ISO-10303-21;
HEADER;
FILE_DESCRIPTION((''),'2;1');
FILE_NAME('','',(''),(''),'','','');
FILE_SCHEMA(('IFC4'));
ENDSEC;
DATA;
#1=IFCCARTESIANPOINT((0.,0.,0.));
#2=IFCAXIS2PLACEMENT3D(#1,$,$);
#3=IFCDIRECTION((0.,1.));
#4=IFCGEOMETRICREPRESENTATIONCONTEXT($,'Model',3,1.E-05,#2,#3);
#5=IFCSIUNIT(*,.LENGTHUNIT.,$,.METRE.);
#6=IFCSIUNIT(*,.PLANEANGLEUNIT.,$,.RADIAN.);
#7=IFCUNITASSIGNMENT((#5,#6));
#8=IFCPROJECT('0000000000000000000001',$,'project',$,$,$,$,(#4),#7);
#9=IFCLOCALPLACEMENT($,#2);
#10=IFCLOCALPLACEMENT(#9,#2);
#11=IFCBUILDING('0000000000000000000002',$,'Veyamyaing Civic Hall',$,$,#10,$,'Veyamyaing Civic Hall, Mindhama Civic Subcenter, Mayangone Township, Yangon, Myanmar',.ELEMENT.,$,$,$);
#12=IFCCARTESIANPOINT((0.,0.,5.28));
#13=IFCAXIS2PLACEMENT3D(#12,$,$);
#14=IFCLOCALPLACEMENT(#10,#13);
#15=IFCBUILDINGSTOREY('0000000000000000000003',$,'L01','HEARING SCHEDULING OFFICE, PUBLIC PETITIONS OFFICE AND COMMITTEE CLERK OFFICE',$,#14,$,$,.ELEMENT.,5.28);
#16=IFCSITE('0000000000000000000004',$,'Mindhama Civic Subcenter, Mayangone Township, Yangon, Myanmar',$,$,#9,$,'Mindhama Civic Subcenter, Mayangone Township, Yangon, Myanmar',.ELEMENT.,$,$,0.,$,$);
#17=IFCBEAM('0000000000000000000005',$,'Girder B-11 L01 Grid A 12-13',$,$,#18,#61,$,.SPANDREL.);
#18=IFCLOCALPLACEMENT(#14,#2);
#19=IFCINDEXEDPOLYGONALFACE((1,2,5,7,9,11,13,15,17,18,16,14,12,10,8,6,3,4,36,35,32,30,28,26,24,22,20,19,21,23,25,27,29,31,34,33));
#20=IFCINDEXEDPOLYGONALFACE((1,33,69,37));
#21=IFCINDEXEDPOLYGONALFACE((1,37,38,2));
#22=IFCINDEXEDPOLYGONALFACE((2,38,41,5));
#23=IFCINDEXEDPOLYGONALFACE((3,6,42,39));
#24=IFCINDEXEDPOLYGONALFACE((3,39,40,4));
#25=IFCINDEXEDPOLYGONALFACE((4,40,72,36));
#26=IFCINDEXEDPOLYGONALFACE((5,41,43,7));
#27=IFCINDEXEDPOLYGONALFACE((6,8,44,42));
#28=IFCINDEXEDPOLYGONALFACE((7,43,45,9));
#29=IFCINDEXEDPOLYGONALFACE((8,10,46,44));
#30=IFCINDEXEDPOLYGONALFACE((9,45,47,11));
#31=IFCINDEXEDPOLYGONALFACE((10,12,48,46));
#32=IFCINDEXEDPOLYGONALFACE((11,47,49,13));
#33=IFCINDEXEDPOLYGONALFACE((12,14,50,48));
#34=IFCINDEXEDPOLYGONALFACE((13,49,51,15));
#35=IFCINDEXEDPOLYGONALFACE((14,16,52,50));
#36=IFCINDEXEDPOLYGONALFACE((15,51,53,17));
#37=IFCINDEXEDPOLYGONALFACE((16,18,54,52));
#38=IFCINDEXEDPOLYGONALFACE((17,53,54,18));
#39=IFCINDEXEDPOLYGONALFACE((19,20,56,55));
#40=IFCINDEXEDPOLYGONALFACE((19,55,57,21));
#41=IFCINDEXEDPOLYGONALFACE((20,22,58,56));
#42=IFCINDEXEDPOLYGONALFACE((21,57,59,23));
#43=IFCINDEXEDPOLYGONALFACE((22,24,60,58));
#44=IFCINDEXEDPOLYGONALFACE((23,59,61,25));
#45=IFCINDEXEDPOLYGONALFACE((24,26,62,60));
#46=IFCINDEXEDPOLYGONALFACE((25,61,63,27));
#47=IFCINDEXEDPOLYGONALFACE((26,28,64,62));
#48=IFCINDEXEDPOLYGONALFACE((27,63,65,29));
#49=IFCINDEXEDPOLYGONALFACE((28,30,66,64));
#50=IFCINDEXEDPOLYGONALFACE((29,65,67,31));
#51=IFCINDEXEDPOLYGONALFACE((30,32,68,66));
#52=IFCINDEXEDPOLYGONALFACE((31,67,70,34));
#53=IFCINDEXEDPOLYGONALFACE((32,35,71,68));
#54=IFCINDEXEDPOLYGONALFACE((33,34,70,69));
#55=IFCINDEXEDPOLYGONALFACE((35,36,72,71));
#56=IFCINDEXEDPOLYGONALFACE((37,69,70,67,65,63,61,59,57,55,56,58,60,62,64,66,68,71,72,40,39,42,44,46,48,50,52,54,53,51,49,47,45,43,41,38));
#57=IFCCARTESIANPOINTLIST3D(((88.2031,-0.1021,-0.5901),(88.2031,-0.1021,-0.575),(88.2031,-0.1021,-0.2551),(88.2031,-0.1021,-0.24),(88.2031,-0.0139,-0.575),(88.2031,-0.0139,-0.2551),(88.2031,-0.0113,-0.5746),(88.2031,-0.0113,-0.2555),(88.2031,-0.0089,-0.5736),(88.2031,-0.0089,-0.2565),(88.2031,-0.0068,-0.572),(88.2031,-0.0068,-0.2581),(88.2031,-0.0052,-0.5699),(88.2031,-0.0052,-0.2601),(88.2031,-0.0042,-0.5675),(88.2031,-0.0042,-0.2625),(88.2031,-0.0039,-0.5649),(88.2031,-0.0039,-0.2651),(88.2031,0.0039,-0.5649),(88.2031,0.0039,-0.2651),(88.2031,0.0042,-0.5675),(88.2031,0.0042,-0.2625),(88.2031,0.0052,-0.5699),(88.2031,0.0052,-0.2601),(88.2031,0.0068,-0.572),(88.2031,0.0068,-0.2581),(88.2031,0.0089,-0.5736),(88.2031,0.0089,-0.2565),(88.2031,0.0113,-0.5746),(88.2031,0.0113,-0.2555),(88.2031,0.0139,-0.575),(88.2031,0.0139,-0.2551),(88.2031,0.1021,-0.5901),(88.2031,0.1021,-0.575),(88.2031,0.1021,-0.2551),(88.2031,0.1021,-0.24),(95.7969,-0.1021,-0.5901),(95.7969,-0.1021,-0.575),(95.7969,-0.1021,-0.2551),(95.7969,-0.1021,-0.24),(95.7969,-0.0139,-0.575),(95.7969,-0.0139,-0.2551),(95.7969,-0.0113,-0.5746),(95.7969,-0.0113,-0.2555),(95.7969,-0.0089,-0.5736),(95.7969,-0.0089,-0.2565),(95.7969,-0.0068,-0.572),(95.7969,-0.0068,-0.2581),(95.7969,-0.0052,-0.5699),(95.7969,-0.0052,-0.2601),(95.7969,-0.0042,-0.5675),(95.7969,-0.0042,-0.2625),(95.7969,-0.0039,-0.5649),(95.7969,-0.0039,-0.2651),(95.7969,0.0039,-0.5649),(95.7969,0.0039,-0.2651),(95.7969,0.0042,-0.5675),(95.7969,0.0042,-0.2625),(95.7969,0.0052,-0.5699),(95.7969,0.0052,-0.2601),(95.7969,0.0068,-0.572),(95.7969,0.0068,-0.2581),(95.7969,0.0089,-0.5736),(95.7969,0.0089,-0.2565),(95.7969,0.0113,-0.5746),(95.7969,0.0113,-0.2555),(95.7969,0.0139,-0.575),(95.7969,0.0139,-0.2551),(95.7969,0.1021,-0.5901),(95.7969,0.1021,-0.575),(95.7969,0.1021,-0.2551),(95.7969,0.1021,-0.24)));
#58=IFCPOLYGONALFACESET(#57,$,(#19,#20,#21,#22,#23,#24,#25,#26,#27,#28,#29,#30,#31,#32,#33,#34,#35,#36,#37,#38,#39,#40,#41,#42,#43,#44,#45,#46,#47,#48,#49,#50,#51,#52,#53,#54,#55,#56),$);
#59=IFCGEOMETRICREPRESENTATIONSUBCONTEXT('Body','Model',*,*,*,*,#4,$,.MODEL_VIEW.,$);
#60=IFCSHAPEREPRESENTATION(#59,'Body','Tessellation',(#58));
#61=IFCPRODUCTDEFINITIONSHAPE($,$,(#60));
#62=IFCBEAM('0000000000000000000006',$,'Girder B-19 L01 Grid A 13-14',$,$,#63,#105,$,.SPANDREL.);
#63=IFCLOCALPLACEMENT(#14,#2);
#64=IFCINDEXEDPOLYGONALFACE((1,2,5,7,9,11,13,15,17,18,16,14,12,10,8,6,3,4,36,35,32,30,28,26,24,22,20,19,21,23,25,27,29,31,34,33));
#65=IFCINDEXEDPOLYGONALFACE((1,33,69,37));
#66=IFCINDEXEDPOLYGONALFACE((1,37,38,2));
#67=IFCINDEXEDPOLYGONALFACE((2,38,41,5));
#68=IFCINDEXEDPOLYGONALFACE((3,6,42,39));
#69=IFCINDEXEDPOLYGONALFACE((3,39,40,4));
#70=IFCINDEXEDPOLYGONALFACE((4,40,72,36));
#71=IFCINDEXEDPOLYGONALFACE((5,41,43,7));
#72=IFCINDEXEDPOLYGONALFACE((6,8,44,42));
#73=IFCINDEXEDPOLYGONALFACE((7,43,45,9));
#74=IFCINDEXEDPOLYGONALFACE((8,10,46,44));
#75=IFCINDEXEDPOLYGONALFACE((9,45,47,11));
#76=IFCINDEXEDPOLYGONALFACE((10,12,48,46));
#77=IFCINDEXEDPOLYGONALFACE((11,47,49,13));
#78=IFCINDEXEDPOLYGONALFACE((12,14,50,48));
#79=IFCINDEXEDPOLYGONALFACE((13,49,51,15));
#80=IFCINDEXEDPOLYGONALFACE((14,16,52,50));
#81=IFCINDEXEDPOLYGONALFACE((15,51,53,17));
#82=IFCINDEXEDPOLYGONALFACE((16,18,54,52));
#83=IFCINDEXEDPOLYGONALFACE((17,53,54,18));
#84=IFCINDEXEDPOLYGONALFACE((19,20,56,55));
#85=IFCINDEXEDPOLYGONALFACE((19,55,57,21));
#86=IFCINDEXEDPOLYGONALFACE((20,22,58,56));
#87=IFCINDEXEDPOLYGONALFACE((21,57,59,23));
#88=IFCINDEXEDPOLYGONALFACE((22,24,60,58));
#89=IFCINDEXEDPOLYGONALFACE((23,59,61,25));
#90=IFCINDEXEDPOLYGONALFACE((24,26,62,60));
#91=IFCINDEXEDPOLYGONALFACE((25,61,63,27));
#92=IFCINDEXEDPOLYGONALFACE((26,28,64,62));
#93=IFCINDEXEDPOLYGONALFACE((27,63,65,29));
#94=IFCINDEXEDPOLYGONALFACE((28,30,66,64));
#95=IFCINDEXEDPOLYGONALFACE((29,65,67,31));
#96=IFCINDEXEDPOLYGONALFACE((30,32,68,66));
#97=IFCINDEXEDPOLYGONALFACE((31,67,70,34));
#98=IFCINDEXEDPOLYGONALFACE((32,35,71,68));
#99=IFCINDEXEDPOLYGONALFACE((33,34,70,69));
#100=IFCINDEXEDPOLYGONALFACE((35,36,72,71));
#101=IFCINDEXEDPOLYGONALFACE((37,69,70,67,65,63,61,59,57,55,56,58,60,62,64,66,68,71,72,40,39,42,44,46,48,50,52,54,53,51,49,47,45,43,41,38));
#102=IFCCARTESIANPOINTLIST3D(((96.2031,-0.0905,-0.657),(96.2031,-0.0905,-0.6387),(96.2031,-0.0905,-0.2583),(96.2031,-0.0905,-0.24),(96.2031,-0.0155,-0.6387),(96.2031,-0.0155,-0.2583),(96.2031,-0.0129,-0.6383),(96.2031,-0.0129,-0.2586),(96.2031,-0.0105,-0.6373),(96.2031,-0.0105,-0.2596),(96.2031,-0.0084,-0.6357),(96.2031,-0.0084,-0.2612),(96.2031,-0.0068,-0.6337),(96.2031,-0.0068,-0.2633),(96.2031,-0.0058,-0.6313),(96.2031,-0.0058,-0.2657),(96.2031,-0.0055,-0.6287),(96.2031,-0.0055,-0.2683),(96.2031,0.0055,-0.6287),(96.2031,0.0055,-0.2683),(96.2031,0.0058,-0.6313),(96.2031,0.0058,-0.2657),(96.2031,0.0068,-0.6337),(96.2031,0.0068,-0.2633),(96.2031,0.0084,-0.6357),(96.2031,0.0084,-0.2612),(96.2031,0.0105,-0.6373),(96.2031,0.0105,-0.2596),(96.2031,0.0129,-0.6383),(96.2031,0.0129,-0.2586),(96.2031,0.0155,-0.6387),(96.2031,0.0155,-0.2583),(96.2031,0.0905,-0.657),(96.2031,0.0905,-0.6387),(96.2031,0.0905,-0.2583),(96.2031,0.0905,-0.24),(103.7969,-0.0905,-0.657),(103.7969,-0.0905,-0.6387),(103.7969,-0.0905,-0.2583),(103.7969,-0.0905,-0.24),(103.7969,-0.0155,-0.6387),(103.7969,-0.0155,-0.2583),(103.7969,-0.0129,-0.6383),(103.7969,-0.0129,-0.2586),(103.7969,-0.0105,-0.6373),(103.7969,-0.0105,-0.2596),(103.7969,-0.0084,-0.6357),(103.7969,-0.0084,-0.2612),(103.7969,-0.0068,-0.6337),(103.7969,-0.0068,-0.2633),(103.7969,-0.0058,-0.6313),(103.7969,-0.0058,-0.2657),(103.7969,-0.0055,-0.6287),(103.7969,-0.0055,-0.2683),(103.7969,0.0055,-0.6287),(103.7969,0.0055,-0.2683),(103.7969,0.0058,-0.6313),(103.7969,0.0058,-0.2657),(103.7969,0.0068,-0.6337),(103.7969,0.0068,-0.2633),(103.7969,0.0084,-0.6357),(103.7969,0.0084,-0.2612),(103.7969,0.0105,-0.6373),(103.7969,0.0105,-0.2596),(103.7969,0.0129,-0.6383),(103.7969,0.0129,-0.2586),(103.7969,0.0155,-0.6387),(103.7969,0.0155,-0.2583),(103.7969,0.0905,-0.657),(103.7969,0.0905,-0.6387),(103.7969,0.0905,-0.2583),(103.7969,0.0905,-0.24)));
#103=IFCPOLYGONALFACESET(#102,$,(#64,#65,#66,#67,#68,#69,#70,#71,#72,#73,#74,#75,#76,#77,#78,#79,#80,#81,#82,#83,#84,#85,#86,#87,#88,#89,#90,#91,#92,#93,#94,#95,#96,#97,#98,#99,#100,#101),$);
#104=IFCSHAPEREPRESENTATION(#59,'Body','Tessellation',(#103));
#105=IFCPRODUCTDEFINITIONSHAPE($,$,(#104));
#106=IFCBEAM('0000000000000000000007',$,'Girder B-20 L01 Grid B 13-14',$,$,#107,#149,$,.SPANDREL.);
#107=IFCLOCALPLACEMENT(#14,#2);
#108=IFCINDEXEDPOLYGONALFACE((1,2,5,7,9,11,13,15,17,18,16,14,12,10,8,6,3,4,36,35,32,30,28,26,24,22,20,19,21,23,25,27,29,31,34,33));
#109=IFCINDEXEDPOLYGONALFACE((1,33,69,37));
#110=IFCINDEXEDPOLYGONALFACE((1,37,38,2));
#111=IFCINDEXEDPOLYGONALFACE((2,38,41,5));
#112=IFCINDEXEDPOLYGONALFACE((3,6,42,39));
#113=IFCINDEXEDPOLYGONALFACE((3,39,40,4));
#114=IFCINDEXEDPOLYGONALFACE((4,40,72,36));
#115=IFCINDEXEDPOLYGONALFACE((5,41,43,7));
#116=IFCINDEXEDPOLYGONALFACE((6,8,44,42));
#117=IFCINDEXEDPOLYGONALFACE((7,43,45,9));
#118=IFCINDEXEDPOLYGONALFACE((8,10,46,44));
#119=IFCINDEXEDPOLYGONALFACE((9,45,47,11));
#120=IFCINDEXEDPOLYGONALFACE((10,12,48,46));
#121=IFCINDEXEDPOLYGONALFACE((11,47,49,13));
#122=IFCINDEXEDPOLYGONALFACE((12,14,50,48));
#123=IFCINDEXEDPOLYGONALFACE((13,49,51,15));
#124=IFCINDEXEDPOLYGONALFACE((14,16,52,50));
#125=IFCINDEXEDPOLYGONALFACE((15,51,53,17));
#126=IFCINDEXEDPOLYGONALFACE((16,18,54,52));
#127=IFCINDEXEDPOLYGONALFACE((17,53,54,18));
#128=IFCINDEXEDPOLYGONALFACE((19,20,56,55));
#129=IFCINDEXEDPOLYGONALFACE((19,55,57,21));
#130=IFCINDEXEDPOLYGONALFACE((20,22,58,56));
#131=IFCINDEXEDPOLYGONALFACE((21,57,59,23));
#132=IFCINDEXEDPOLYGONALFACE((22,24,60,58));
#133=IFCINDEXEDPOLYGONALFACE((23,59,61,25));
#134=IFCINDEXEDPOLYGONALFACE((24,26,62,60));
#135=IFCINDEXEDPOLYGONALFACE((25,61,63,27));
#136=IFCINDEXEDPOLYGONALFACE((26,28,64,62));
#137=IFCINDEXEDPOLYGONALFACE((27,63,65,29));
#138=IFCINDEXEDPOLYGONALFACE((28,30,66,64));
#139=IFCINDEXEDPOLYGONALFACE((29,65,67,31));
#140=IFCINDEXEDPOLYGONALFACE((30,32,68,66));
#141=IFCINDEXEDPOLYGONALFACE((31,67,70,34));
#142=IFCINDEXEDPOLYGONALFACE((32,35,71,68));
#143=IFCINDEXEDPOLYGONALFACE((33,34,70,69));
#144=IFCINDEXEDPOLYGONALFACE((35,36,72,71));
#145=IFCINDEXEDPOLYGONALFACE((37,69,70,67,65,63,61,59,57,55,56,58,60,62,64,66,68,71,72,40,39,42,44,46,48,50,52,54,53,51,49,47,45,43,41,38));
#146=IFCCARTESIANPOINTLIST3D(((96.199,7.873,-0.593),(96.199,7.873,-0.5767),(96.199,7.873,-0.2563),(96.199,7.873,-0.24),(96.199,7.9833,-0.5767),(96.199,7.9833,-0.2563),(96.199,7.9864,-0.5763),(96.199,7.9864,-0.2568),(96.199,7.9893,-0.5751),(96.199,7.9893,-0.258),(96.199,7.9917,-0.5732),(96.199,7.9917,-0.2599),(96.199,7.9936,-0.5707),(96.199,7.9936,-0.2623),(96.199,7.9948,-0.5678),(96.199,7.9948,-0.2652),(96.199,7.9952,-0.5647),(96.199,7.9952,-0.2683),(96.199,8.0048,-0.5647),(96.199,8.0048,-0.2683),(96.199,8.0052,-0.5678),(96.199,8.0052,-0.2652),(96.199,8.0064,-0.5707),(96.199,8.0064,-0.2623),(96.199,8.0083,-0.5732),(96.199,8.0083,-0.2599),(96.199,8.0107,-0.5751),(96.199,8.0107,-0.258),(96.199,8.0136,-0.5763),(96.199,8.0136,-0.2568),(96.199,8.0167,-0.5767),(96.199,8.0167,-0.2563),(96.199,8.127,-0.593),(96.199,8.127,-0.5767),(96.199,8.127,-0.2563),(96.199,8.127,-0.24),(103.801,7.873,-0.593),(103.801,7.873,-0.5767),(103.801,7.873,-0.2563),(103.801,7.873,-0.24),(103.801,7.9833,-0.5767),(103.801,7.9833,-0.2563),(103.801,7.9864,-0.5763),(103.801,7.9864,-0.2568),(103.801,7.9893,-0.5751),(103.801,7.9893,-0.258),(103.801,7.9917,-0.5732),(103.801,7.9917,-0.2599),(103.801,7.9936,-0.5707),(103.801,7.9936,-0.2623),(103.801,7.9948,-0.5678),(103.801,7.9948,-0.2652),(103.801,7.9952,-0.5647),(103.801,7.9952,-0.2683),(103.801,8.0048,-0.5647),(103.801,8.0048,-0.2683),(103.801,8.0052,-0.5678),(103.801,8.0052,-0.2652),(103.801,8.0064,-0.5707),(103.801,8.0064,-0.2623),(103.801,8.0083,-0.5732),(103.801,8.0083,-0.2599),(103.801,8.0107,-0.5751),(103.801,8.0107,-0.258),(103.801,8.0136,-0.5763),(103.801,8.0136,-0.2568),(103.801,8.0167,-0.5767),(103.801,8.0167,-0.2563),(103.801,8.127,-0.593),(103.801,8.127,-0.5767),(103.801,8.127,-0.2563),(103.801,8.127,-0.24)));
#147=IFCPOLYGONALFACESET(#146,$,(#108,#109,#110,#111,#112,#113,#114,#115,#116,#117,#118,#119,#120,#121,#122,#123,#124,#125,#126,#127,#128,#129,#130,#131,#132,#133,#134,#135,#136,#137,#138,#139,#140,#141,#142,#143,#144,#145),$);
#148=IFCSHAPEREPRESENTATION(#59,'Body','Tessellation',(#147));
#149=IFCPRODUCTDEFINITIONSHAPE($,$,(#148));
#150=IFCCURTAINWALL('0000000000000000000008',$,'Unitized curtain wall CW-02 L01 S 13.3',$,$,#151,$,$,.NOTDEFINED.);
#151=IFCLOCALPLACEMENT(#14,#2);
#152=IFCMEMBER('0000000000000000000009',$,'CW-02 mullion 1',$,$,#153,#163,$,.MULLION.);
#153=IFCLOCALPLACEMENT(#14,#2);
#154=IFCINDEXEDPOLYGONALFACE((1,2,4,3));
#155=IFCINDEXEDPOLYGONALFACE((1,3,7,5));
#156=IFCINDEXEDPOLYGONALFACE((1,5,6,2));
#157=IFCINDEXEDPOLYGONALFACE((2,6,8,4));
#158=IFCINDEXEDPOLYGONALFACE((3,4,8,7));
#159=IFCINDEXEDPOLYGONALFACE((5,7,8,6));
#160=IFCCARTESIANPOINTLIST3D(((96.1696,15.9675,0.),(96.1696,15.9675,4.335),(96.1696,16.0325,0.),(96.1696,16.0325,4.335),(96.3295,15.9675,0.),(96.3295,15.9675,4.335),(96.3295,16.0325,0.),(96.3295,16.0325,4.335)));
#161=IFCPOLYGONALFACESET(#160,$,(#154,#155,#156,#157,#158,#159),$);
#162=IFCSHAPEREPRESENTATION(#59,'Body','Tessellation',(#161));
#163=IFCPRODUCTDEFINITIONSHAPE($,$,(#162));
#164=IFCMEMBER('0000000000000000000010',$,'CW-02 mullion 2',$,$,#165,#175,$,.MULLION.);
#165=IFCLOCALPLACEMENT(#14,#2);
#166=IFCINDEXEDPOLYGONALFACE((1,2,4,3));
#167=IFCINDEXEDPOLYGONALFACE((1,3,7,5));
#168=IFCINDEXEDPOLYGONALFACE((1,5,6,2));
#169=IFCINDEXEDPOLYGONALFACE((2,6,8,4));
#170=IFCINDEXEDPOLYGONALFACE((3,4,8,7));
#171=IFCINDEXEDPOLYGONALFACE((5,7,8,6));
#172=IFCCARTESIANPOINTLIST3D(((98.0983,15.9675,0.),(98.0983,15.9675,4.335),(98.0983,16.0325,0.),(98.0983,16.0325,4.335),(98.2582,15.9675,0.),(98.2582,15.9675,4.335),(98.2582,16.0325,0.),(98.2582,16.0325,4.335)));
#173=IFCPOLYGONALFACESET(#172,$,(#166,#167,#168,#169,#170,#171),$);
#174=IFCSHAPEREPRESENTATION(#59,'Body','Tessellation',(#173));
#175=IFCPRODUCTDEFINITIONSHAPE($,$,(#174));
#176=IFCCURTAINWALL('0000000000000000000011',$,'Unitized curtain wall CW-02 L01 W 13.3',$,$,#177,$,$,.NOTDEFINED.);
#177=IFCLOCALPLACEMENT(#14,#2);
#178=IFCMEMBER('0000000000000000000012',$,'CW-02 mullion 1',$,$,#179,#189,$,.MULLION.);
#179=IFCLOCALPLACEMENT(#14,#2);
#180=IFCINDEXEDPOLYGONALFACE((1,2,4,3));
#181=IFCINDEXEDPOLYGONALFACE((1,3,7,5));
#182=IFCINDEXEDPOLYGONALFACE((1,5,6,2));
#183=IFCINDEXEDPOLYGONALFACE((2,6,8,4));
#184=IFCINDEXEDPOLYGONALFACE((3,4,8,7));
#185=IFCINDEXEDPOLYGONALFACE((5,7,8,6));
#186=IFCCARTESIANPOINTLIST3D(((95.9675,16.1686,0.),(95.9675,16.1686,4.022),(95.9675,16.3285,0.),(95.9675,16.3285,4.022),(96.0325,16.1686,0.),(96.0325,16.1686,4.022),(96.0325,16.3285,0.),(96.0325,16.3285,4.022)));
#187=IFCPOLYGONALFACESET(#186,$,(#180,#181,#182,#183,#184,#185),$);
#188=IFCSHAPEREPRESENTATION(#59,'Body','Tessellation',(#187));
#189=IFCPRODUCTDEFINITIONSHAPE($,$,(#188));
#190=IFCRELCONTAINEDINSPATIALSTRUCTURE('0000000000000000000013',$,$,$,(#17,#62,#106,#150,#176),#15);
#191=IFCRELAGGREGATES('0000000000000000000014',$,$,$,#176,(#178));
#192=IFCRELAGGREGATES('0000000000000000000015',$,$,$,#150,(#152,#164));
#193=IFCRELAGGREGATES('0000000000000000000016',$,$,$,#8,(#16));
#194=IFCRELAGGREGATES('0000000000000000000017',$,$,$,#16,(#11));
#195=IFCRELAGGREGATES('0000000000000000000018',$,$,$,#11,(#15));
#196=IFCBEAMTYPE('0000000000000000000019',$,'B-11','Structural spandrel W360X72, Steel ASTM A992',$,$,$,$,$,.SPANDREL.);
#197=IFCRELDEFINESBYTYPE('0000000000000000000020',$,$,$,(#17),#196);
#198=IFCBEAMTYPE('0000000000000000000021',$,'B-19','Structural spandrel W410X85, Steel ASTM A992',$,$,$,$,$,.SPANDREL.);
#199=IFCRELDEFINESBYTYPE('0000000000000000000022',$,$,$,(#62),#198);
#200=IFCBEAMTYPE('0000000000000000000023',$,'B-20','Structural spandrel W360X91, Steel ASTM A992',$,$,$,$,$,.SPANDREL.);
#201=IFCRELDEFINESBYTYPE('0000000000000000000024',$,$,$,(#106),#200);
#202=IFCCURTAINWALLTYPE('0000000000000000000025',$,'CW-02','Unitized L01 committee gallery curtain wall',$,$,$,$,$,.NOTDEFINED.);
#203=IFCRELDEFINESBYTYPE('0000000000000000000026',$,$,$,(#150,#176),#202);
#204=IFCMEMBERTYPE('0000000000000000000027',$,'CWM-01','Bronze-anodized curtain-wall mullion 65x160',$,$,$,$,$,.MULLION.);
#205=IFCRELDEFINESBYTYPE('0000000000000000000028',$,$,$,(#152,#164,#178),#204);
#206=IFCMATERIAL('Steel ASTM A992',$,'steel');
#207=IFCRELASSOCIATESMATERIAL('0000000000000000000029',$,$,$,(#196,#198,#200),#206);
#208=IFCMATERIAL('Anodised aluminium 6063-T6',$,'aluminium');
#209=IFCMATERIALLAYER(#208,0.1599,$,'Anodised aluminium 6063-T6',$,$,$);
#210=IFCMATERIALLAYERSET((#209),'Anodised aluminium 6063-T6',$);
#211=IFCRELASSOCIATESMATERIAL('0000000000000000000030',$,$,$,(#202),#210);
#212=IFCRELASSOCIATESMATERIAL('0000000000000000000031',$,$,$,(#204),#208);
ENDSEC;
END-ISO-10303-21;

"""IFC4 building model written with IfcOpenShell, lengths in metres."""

from ifc_helpers import new_model, si_unit, direction, frame, origin, origin_2d, place, context, subcontext, project, spatial, rectangle, i_section, extrude, material, layer, layer_set, material_profile, profile_set, type_object, element, aggregate, save


model = new_model("IFC4")

# Units and contexts
model_context = context("Model", 3, precision=1e-05, world=origin(), true_north=direction((0.0, 1.0)))
body_context = subcontext(model_context, "Body", "Model", "MODEL_VIEW")
ifc_project = project(units=[si_unit("LENGTHUNIT", "METRE"), si_unit("PLANEANGLEUNIT", "RADIAN")], contexts=[model_context])

# Site, building, storey
site_placement = place(None, origin())
site = spatial("IfcSite", under=ifc_project, at=site_placement, Name="Mindhama Civic Subcenter, Mayangone Township, Yangon, Myanmar", LongName="Mindhama Civic Subcenter, Mayangone Township, Yangon, Myanmar", CompositionType="ELEMENT", RefElevation=0.0)
building_placement = place(site_placement, origin())
building = spatial("IfcBuilding", under=site, at=building_placement, Name="Veyamyaing Civic Hall", LongName="Veyamyaing Civic Hall, Mindhama Civic Subcenter, Mayangone Township, Yangon, Myanmar", CompositionType="ELEMENT")
storey_placement = place(building_placement, frame((0.0, 0.0, 5.28)))
storey = spatial("IfcBuildingStorey", under=building, at=storey_placement, Name="L01", Description="HEARING SCHEDULING OFFICE, PUBLIC PETITIONS OFFICE AND COMMITTEE CLERK OFFICE", CompositionType="ELEMENT", Elevation=5.28)

# Beams
ifc_material_1 = material(Name="Steel ASTM A992", Category="steel")
ifc_material_profile_1 = material_profile(ifc_material_1, i_section(OverallWidth=0.2041, OverallDepth=0.3501, WebThickness=0.0078, FlangeThickness=0.0151, FilletRadius=0.01, at=origin_2d()), Name="W360X72")
ifc_profile_set_1 = profile_set([ifc_material_profile_1], Name="Steel ASTM A992")
beam_type_1 = type_object("IfcBeamType", Name="B-11", Description="Structural spandrel W360X72, Steel ASTM A992", PredefinedType="SPANDREL", material=ifc_profile_set_1)
beam_1_placement = place(storey_placement, frame((88.2031, 0.0, -0.415), z_axis=(1.0, 0.0, 0.0), x_axis=(0.0, 1.0, 0.0)))
element("IfcBeam", 1, at=beam_1_placement, inside=storey, type_object=beam_type_1, Name="Girder B-11 L01 Grid A 12-13", PredefinedType="SPANDREL", context=body_context, shape_type="SweptSolid", body=[
    extrude(i_section(OverallWidth=0.2041, OverallDepth=0.3501, WebThickness=0.0078, FlangeThickness=0.0151, FilletRadius=0.01, at=origin_2d()), origin(), (0.0, 0.0, 1.0), 7.5938),
])
ifc_material_profile_2 = material_profile(ifc_material_1, i_section(OverallWidth=0.1809, OverallDepth=0.417, WebThickness=0.011, FlangeThickness=0.0183, FilletRadius=0.01, at=origin_2d()), Name="W410X85")
ifc_profile_set_2 = profile_set([ifc_material_profile_2], Name="Steel ASTM A992")
beam_type_2 = type_object("IfcBeamType", Name="B-19", Description="Structural spandrel W410X85, Steel ASTM A992", PredefinedType="SPANDREL", material=ifc_profile_set_2)
beam_2_placement = place(storey_placement, frame((96.2031, 0.0, -0.4485), z_axis=(1.0, 0.0, 0.0), x_axis=(0.0, 1.0, 0.0)))
element("IfcBeam", 2, at=beam_2_placement, inside=storey, type_object=beam_type_2, Name="Girder B-19 L01 Grid A 13-14", PredefinedType="SPANDREL", context=body_context, shape_type="SweptSolid", body=[
    extrude(i_section(OverallWidth=0.1809, OverallDepth=0.417, WebThickness=0.011, FlangeThickness=0.0183, FilletRadius=0.01, at=origin_2d()), origin(), (0.0, 0.0, 1.0), 7.5938),
])
ifc_material_profile_3 = material_profile(ifc_material_1, i_section(OverallWidth=0.2539, OverallDepth=0.353, WebThickness=0.0095, FlangeThickness=0.0164, FilletRadius=0.012, at=origin_2d()), Name="W360X91")
ifc_profile_set_3 = profile_set([ifc_material_profile_3], Name="Steel ASTM A992")
beam_type_3 = type_object("IfcBeamType", Name="B-20", Description="Structural spandrel W360X91, Steel ASTM A992", PredefinedType="SPANDREL", material=ifc_profile_set_3)
beam_3_placement = place(storey_placement, frame((96.199, 8.0, -0.4165), z_axis=(1.0, 0.0, 0.0), x_axis=(0.0, 1.0, 0.0)))
element("IfcBeam", 3, at=beam_3_placement, inside=storey, type_object=beam_type_3, Name="Girder B-20 L01 Grid B 13-14", PredefinedType="SPANDREL", context=body_context, shape_type="SweptSolid", body=[
    extrude(i_section(OverallWidth=0.2539, OverallDepth=0.353, WebThickness=0.0095, FlangeThickness=0.0164, FilletRadius=0.012, at=origin_2d()), origin(), (0.0, 0.0, 1.0), 7.6021),
])

# Curtain wall, members
ifc_material_2 = material(Name="Anodised aluminium 6063-T6", Category="aluminium")
ifc_layer_1 = layer(ifc_material_2, 0.1599, Name="Anodised aluminium 6063-T6")
ifc_layer_set_1 = layer_set([ifc_layer_1], Name="Anodised aluminium 6063-T6")
curtain_wall_type = type_object("IfcCurtainWallType", Name="CW-02", Description="Unitized L01 committee gallery curtain wall", PredefinedType="NOTDEFINED", material=ifc_layer_set_1)
curtain_wall_1_placement = place(storey_placement, origin())
curtain_wall_1 = element("IfcCurtainWall", 4, at=curtain_wall_1_placement, inside=storey, type_object=curtain_wall_type, Name="Unitized curtain wall CW-02 L01 S 13.3", PredefinedType="NOTDEFINED")
ifc_material_profile_4 = material_profile(ifc_material_2, rectangle(XDim=0.0649, YDim=0.1599, at=origin_2d()), Name="ALU-MUL-65X160")
ifc_profile_set_4 = profile_set([ifc_material_profile_4], Name="Anodised aluminium 6063-T6")
member_type_1 = type_object("IfcMemberType", Name="CWM-01", Description="Bronze-anodized curtain-wall mullion 65x160", PredefinedType="MULLION", material=ifc_profile_set_4)
member_1_placement = place(storey_placement, frame((96.2495, 16.0, 0.0), z_axis=(0.0, 0.0, 1.0), x_axis=(0.0, 1.0, 0.0)))
member_1 = element("IfcMember", 5, at=member_1_placement, type_object=member_type_1, Name="CW-02 mullion 1", PredefinedType="MULLION", context=body_context, shape_type="SweptSolid", body=[
    extrude(rectangle(XDim=0.0649, YDim=0.1599, at=origin_2d()), origin(), (0.0, 0.0, 1.0), 4.335),
])
member_2_placement = place(storey_placement, frame((98.1782, 16.0, 0.0), z_axis=(0.0, 0.0, 1.0), x_axis=(0.0, 1.0, 0.0)))
member_2 = element("IfcMember", 6, at=member_2_placement, type_object=member_type_1, Name="CW-02 mullion 2", PredefinedType="MULLION", context=body_context, shape_type="SweptSolid", body=[
    extrude(rectangle(XDim=0.0649, YDim=0.1599, at=origin_2d()), origin(), (0.0, 0.0, 1.0), 4.335),
])

# Curtain wall, member
curtain_wall_2_placement = place(storey_placement, origin())
curtain_wall_2 = element("IfcCurtainWall", 7, at=curtain_wall_2_placement, inside=storey, type_object=curtain_wall_type, Name="Unitized curtain wall CW-02 L01 W 13.3", PredefinedType="NOTDEFINED")
member_3_placement = place(storey_placement, frame((96.0, 16.2485, 0.0), z_axis=(0.0, 0.0, 1.0), x_axis=(-1.0, 0.0, 0.0)))
member_3 = element("IfcMember", 8, at=member_3_placement, type_object=member_type_1, Name="CW-02 mullion 1", PredefinedType="MULLION", context=body_context, shape_type="SweptSolid", body=[
    extrude(rectangle(XDim=0.0649, YDim=0.1599, at=origin_2d()), origin(), (0.0, 0.0, 1.0), 4.022),
])

aggregate(curtain_wall_2, [member_3])

aggregate(curtain_wall_1, [member_1, member_2])

save(model, "model.ifc")
